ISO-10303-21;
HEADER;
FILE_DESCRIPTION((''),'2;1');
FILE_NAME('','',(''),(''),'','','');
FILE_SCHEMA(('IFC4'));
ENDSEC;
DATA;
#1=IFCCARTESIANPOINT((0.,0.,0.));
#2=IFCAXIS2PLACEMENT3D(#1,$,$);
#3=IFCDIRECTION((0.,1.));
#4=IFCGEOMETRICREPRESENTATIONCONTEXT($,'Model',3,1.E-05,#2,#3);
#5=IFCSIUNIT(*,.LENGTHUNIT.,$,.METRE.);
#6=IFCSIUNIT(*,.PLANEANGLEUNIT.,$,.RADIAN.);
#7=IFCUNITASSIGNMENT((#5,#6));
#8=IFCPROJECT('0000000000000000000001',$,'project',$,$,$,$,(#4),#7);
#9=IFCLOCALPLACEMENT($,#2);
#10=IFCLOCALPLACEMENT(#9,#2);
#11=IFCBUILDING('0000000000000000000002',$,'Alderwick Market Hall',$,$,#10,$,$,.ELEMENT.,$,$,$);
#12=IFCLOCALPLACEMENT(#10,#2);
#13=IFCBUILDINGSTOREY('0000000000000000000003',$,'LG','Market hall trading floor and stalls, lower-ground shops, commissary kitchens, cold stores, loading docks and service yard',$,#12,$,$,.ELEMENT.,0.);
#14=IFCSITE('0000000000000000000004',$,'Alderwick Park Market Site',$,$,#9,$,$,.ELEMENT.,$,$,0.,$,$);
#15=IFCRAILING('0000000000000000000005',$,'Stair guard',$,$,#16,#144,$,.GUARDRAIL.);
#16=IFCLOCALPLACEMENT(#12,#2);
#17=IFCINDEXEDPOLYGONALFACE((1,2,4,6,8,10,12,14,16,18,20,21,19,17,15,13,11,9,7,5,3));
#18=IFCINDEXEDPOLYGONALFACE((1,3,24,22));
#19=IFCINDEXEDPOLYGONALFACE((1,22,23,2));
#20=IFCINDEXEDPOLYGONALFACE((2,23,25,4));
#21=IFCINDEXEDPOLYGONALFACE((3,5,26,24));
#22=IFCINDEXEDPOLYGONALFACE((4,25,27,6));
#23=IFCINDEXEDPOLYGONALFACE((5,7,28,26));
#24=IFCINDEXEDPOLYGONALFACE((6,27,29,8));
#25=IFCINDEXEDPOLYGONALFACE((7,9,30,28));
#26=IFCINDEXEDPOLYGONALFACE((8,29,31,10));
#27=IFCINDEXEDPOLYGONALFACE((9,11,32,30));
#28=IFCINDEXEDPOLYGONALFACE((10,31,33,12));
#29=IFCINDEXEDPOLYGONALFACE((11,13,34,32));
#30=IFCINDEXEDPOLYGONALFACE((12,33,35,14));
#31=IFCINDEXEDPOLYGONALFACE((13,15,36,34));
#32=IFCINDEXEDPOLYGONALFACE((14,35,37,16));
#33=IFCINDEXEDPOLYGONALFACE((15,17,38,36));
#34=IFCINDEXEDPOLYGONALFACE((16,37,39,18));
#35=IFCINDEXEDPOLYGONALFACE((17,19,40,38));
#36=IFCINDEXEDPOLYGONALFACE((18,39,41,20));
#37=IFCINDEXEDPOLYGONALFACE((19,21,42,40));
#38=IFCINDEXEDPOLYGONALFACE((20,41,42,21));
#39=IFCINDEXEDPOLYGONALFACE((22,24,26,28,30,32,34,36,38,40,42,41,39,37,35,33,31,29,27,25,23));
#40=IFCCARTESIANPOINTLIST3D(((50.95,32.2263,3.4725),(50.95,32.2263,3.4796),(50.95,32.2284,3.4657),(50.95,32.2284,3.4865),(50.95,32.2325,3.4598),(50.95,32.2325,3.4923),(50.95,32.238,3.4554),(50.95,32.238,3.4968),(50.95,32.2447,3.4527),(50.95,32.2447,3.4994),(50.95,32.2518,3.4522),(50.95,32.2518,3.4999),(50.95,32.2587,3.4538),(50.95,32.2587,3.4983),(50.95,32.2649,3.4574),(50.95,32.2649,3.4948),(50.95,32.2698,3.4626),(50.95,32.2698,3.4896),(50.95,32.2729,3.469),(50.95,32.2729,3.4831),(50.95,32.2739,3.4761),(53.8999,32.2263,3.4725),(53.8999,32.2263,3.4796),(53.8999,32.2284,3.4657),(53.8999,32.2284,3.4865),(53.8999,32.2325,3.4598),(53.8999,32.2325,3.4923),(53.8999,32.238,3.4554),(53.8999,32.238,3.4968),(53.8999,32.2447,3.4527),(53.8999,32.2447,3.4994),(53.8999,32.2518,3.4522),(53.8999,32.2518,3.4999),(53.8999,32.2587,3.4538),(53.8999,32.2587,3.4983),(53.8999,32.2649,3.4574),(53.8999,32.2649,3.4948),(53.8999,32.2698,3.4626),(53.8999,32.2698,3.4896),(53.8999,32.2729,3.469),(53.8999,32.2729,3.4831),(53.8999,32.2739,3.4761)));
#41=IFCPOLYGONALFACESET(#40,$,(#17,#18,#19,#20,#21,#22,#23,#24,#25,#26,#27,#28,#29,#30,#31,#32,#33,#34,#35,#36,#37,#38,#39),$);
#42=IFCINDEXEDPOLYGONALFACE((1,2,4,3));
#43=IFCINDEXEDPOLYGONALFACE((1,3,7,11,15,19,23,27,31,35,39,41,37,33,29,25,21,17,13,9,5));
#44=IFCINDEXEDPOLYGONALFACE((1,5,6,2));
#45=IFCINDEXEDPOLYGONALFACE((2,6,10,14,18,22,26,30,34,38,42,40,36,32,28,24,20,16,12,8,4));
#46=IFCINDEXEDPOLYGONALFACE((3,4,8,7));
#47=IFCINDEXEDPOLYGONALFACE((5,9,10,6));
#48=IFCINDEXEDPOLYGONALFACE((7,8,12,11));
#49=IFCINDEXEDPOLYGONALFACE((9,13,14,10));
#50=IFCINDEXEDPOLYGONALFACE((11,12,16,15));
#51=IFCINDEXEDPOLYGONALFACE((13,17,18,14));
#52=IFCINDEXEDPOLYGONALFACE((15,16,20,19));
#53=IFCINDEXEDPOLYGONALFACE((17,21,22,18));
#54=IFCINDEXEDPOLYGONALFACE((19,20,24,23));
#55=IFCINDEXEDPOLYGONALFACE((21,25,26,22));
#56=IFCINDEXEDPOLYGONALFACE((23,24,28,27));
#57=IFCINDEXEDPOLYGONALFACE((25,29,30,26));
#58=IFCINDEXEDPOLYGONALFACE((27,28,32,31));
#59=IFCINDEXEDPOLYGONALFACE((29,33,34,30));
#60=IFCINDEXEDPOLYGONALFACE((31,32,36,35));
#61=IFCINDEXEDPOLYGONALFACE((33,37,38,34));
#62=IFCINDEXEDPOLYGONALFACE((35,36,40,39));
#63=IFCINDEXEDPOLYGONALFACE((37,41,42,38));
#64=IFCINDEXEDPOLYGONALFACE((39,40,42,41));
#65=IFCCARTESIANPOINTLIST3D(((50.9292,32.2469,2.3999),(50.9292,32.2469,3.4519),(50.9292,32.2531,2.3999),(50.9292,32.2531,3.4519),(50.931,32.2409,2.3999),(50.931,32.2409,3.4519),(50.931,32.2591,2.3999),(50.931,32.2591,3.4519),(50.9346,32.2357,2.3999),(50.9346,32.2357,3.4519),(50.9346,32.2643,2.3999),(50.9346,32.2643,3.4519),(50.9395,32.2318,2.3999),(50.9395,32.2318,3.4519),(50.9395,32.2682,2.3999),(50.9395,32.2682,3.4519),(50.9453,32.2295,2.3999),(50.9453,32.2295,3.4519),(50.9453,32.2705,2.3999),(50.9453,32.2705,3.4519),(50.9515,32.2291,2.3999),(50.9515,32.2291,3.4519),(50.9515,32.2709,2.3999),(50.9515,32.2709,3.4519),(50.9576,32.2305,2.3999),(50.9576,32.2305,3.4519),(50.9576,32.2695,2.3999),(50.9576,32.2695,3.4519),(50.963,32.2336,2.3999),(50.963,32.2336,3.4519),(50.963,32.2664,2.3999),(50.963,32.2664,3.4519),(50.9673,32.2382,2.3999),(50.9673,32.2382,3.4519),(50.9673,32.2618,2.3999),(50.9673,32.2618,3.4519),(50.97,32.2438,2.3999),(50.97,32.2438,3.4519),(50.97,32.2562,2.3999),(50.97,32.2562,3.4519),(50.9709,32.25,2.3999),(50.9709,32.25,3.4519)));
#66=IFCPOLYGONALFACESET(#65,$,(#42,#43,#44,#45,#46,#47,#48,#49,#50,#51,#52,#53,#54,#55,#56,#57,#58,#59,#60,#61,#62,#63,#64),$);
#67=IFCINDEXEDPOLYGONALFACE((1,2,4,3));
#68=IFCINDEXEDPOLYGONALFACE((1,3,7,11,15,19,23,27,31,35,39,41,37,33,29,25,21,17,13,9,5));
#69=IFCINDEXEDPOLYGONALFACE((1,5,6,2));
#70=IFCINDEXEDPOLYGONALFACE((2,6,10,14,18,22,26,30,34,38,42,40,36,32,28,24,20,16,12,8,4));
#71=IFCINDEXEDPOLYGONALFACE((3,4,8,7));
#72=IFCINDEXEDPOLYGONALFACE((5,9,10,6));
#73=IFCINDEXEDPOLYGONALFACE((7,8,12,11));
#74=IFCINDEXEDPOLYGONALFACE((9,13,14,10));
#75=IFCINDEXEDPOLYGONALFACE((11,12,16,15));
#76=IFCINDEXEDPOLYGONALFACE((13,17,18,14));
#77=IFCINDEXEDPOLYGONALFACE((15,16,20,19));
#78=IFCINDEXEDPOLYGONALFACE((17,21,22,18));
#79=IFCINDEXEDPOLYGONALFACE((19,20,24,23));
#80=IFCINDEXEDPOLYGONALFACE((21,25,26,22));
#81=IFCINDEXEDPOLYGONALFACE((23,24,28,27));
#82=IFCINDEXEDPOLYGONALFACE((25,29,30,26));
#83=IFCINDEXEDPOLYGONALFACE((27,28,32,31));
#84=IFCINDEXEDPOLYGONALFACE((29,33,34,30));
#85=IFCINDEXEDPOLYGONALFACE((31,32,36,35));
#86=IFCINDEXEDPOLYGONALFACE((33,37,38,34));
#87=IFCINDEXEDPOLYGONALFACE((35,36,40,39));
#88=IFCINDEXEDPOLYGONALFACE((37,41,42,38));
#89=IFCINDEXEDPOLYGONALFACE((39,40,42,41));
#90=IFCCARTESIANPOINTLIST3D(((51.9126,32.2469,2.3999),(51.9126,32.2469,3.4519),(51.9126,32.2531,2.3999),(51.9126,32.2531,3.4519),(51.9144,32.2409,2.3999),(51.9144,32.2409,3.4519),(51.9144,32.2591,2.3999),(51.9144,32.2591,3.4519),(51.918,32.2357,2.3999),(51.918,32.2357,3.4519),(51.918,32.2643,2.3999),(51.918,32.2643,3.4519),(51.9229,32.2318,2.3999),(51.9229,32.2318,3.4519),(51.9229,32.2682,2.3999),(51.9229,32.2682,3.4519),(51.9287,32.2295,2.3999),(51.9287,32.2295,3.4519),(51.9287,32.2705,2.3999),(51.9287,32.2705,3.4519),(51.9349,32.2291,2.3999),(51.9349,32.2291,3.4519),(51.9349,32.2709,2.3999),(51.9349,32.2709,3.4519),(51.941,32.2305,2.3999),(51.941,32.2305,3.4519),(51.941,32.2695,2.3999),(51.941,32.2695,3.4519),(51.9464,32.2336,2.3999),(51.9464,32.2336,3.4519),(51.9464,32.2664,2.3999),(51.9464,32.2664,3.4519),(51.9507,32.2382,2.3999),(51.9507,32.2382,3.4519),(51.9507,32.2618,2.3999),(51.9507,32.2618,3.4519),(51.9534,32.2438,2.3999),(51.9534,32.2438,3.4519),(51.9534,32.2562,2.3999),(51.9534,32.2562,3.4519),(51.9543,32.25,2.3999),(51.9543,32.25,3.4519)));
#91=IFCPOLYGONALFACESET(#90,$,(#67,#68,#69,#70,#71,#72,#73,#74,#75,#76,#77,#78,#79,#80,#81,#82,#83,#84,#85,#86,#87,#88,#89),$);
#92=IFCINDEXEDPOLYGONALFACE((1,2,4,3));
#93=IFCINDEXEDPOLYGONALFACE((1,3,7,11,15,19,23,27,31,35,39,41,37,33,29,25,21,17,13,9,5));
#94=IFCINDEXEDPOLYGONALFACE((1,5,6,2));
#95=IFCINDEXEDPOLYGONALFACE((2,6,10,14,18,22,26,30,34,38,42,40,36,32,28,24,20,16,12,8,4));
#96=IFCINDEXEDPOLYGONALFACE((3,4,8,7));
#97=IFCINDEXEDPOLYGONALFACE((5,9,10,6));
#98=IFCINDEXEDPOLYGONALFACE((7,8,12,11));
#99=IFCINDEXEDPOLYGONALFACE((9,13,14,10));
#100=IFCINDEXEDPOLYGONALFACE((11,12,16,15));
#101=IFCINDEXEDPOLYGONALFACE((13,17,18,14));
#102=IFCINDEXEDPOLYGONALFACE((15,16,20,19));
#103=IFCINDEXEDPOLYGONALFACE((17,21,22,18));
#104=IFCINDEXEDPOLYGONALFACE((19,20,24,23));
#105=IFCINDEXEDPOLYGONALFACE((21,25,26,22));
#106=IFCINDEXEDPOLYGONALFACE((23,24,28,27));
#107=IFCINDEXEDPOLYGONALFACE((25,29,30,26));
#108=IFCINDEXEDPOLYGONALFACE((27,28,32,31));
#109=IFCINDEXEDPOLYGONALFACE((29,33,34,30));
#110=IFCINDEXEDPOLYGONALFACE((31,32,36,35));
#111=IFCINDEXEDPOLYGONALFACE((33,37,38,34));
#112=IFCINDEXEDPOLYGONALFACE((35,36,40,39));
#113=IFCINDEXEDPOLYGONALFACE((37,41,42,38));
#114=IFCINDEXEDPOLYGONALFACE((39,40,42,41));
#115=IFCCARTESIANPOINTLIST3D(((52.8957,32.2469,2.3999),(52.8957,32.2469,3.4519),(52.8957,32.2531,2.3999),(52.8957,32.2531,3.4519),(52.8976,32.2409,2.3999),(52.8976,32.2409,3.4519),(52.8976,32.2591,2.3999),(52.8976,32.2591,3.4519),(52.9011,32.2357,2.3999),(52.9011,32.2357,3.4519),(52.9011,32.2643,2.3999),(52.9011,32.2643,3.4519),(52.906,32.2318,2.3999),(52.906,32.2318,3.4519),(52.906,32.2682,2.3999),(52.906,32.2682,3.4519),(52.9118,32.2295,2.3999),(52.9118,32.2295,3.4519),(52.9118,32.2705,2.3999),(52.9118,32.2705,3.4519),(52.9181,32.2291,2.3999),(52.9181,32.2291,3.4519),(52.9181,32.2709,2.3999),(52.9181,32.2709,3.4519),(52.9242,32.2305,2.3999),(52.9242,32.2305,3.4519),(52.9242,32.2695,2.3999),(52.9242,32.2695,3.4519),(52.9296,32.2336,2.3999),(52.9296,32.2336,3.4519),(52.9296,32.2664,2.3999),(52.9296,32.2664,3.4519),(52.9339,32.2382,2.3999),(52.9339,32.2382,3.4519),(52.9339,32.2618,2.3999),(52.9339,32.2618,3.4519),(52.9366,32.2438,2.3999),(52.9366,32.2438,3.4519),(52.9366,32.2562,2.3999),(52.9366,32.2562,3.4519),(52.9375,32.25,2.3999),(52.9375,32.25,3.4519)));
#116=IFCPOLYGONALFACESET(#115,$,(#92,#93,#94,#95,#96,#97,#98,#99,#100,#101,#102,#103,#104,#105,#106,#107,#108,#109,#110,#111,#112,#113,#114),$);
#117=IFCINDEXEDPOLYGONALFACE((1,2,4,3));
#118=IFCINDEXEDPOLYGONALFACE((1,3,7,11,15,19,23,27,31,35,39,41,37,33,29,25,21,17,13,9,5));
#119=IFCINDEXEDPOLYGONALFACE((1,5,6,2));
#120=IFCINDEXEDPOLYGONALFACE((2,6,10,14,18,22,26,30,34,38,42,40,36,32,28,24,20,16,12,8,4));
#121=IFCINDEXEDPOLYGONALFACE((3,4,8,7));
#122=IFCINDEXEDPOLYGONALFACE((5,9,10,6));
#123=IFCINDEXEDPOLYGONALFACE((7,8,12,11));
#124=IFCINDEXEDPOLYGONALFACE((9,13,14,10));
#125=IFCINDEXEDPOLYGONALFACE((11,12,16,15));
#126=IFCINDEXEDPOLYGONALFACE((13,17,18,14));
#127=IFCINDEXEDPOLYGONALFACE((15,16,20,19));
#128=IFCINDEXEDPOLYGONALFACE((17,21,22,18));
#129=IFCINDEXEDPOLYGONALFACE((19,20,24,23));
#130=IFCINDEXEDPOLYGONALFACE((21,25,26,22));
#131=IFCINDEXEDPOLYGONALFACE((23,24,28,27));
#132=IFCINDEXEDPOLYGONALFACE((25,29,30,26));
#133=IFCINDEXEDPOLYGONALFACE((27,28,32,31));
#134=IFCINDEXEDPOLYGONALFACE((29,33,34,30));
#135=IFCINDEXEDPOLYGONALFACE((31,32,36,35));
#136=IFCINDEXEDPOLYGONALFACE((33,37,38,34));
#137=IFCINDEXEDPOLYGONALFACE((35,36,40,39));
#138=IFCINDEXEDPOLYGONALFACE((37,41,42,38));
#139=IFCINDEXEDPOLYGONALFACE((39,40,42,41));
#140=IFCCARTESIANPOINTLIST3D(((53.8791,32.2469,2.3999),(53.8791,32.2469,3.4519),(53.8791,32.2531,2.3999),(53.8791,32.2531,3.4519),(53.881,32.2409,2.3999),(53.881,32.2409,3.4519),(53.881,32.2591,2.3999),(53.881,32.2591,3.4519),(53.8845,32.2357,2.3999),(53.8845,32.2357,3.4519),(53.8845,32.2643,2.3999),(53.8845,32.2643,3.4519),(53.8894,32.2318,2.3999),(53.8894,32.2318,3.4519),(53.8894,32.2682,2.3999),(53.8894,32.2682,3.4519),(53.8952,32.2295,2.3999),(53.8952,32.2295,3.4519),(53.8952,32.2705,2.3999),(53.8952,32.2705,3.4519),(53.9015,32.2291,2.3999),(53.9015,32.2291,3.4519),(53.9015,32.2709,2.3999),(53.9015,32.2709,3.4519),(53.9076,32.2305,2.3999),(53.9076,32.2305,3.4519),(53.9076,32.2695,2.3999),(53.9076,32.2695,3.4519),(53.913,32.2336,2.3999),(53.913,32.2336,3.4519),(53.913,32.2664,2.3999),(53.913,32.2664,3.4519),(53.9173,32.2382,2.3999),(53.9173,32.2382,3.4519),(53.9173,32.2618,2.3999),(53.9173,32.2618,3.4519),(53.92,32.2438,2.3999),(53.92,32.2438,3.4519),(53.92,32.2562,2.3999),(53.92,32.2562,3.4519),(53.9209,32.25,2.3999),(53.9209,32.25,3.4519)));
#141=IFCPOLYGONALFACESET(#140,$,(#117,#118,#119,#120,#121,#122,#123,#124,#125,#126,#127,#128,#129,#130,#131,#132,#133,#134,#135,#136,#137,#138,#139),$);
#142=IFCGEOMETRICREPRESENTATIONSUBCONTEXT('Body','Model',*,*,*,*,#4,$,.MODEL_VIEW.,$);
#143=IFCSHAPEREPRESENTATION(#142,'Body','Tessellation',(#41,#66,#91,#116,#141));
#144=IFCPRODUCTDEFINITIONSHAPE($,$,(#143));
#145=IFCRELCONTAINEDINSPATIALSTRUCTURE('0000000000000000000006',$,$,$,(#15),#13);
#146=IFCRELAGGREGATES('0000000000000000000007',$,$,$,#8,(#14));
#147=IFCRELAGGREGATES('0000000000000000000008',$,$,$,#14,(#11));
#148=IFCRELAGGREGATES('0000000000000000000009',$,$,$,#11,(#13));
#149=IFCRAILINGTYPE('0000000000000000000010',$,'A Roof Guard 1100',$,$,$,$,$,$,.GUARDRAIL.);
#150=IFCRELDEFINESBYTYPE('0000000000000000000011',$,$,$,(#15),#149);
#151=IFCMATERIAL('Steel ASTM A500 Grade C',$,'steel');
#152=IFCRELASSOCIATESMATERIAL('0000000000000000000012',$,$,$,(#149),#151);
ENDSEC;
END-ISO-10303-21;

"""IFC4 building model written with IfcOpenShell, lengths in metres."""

from ifc_helpers import new_model, si_unit, direction, frame, origin, origin_2d, place, context, subcontext, project, spatial, circle, extrude, material, type_object, element, save


model = new_model("IFC4")

# Units and contexts
model_context = context("Model", 3, precision=1e-05, world=origin(), true_north=direction((0.0, 1.0)))
body_context = subcontext(model_context, "Body", "Model", "MODEL_VIEW")
ifc_project = project(units=[si_unit("LENGTHUNIT", "METRE"), si_unit("PLANEANGLEUNIT", "RADIAN")], contexts=[model_context])

# Site, building, storey
site_placement = place(None, origin())
site = spatial("IfcSite", under=ifc_project, at=site_placement, Name="Alderwick Park Market Site", CompositionType="ELEMENT", RefElevation=0.0)
building_placement = place(site_placement, origin())
building = spatial("IfcBuilding", under=site, at=building_placement, Name="Alderwick Market Hall", CompositionType="ELEMENT")
storey_placement = place(building_placement, origin())
storey = spatial("IfcBuildingStorey", under=building, at=storey_placement, Name="LG", Description="Market hall trading floor and stalls, lower-ground shops, commissary kitchens, cold stores, loading docks and service yard", CompositionType="ELEMENT", Elevation=0.0)

# Railing
ifc_material_1 = material(Name="Steel ASTM A500 Grade C", Category="steel")
railing_type = type_object("IfcRailingType", Name="A Roof Guard 1100", PredefinedType="GUARDRAIL", material=ifc_material_1)
railing_1_placement = place(storey_placement, frame((50.95, 32.25, 2.3999)))
element("IfcRailing", 1, at=railing_1_placement, inside=storey, type_object=railing_type, Name="Stair guard", PredefinedType="GUARDRAIL", context=body_context, shape_type="SweptSolid", body=[
    extrude(circle(Radius=0.0239, at=origin_2d()), frame((0.0, 0.0, 1.0762), z_axis=(1.0, 0.0, 0.0), x_axis=(0.0, 1.0, 0.0)), (0.0, 0.0, 1.0), 2.95),
    extrude(circle(Radius=0.021, at=origin_2d()), origin(), (0.0, 0.0, 1.0), 1.052),
    extrude(circle(Radius=0.021, at=origin_2d()), frame((0.9834, 0.0, 0.0)), (0.0, 0.0, 1.0), 1.052),
    extrude(circle(Radius=0.021, at=origin_2d()), frame((1.9666, 0.0, 0.0)), (0.0, 0.0, 1.0), 1.052),
    extrude(circle(Radius=0.021, at=origin_2d()), frame((2.95, 0.0, 0.0)), (0.0, 0.0, 1.0), 1.052),
])

save(model, "model.ifc")
